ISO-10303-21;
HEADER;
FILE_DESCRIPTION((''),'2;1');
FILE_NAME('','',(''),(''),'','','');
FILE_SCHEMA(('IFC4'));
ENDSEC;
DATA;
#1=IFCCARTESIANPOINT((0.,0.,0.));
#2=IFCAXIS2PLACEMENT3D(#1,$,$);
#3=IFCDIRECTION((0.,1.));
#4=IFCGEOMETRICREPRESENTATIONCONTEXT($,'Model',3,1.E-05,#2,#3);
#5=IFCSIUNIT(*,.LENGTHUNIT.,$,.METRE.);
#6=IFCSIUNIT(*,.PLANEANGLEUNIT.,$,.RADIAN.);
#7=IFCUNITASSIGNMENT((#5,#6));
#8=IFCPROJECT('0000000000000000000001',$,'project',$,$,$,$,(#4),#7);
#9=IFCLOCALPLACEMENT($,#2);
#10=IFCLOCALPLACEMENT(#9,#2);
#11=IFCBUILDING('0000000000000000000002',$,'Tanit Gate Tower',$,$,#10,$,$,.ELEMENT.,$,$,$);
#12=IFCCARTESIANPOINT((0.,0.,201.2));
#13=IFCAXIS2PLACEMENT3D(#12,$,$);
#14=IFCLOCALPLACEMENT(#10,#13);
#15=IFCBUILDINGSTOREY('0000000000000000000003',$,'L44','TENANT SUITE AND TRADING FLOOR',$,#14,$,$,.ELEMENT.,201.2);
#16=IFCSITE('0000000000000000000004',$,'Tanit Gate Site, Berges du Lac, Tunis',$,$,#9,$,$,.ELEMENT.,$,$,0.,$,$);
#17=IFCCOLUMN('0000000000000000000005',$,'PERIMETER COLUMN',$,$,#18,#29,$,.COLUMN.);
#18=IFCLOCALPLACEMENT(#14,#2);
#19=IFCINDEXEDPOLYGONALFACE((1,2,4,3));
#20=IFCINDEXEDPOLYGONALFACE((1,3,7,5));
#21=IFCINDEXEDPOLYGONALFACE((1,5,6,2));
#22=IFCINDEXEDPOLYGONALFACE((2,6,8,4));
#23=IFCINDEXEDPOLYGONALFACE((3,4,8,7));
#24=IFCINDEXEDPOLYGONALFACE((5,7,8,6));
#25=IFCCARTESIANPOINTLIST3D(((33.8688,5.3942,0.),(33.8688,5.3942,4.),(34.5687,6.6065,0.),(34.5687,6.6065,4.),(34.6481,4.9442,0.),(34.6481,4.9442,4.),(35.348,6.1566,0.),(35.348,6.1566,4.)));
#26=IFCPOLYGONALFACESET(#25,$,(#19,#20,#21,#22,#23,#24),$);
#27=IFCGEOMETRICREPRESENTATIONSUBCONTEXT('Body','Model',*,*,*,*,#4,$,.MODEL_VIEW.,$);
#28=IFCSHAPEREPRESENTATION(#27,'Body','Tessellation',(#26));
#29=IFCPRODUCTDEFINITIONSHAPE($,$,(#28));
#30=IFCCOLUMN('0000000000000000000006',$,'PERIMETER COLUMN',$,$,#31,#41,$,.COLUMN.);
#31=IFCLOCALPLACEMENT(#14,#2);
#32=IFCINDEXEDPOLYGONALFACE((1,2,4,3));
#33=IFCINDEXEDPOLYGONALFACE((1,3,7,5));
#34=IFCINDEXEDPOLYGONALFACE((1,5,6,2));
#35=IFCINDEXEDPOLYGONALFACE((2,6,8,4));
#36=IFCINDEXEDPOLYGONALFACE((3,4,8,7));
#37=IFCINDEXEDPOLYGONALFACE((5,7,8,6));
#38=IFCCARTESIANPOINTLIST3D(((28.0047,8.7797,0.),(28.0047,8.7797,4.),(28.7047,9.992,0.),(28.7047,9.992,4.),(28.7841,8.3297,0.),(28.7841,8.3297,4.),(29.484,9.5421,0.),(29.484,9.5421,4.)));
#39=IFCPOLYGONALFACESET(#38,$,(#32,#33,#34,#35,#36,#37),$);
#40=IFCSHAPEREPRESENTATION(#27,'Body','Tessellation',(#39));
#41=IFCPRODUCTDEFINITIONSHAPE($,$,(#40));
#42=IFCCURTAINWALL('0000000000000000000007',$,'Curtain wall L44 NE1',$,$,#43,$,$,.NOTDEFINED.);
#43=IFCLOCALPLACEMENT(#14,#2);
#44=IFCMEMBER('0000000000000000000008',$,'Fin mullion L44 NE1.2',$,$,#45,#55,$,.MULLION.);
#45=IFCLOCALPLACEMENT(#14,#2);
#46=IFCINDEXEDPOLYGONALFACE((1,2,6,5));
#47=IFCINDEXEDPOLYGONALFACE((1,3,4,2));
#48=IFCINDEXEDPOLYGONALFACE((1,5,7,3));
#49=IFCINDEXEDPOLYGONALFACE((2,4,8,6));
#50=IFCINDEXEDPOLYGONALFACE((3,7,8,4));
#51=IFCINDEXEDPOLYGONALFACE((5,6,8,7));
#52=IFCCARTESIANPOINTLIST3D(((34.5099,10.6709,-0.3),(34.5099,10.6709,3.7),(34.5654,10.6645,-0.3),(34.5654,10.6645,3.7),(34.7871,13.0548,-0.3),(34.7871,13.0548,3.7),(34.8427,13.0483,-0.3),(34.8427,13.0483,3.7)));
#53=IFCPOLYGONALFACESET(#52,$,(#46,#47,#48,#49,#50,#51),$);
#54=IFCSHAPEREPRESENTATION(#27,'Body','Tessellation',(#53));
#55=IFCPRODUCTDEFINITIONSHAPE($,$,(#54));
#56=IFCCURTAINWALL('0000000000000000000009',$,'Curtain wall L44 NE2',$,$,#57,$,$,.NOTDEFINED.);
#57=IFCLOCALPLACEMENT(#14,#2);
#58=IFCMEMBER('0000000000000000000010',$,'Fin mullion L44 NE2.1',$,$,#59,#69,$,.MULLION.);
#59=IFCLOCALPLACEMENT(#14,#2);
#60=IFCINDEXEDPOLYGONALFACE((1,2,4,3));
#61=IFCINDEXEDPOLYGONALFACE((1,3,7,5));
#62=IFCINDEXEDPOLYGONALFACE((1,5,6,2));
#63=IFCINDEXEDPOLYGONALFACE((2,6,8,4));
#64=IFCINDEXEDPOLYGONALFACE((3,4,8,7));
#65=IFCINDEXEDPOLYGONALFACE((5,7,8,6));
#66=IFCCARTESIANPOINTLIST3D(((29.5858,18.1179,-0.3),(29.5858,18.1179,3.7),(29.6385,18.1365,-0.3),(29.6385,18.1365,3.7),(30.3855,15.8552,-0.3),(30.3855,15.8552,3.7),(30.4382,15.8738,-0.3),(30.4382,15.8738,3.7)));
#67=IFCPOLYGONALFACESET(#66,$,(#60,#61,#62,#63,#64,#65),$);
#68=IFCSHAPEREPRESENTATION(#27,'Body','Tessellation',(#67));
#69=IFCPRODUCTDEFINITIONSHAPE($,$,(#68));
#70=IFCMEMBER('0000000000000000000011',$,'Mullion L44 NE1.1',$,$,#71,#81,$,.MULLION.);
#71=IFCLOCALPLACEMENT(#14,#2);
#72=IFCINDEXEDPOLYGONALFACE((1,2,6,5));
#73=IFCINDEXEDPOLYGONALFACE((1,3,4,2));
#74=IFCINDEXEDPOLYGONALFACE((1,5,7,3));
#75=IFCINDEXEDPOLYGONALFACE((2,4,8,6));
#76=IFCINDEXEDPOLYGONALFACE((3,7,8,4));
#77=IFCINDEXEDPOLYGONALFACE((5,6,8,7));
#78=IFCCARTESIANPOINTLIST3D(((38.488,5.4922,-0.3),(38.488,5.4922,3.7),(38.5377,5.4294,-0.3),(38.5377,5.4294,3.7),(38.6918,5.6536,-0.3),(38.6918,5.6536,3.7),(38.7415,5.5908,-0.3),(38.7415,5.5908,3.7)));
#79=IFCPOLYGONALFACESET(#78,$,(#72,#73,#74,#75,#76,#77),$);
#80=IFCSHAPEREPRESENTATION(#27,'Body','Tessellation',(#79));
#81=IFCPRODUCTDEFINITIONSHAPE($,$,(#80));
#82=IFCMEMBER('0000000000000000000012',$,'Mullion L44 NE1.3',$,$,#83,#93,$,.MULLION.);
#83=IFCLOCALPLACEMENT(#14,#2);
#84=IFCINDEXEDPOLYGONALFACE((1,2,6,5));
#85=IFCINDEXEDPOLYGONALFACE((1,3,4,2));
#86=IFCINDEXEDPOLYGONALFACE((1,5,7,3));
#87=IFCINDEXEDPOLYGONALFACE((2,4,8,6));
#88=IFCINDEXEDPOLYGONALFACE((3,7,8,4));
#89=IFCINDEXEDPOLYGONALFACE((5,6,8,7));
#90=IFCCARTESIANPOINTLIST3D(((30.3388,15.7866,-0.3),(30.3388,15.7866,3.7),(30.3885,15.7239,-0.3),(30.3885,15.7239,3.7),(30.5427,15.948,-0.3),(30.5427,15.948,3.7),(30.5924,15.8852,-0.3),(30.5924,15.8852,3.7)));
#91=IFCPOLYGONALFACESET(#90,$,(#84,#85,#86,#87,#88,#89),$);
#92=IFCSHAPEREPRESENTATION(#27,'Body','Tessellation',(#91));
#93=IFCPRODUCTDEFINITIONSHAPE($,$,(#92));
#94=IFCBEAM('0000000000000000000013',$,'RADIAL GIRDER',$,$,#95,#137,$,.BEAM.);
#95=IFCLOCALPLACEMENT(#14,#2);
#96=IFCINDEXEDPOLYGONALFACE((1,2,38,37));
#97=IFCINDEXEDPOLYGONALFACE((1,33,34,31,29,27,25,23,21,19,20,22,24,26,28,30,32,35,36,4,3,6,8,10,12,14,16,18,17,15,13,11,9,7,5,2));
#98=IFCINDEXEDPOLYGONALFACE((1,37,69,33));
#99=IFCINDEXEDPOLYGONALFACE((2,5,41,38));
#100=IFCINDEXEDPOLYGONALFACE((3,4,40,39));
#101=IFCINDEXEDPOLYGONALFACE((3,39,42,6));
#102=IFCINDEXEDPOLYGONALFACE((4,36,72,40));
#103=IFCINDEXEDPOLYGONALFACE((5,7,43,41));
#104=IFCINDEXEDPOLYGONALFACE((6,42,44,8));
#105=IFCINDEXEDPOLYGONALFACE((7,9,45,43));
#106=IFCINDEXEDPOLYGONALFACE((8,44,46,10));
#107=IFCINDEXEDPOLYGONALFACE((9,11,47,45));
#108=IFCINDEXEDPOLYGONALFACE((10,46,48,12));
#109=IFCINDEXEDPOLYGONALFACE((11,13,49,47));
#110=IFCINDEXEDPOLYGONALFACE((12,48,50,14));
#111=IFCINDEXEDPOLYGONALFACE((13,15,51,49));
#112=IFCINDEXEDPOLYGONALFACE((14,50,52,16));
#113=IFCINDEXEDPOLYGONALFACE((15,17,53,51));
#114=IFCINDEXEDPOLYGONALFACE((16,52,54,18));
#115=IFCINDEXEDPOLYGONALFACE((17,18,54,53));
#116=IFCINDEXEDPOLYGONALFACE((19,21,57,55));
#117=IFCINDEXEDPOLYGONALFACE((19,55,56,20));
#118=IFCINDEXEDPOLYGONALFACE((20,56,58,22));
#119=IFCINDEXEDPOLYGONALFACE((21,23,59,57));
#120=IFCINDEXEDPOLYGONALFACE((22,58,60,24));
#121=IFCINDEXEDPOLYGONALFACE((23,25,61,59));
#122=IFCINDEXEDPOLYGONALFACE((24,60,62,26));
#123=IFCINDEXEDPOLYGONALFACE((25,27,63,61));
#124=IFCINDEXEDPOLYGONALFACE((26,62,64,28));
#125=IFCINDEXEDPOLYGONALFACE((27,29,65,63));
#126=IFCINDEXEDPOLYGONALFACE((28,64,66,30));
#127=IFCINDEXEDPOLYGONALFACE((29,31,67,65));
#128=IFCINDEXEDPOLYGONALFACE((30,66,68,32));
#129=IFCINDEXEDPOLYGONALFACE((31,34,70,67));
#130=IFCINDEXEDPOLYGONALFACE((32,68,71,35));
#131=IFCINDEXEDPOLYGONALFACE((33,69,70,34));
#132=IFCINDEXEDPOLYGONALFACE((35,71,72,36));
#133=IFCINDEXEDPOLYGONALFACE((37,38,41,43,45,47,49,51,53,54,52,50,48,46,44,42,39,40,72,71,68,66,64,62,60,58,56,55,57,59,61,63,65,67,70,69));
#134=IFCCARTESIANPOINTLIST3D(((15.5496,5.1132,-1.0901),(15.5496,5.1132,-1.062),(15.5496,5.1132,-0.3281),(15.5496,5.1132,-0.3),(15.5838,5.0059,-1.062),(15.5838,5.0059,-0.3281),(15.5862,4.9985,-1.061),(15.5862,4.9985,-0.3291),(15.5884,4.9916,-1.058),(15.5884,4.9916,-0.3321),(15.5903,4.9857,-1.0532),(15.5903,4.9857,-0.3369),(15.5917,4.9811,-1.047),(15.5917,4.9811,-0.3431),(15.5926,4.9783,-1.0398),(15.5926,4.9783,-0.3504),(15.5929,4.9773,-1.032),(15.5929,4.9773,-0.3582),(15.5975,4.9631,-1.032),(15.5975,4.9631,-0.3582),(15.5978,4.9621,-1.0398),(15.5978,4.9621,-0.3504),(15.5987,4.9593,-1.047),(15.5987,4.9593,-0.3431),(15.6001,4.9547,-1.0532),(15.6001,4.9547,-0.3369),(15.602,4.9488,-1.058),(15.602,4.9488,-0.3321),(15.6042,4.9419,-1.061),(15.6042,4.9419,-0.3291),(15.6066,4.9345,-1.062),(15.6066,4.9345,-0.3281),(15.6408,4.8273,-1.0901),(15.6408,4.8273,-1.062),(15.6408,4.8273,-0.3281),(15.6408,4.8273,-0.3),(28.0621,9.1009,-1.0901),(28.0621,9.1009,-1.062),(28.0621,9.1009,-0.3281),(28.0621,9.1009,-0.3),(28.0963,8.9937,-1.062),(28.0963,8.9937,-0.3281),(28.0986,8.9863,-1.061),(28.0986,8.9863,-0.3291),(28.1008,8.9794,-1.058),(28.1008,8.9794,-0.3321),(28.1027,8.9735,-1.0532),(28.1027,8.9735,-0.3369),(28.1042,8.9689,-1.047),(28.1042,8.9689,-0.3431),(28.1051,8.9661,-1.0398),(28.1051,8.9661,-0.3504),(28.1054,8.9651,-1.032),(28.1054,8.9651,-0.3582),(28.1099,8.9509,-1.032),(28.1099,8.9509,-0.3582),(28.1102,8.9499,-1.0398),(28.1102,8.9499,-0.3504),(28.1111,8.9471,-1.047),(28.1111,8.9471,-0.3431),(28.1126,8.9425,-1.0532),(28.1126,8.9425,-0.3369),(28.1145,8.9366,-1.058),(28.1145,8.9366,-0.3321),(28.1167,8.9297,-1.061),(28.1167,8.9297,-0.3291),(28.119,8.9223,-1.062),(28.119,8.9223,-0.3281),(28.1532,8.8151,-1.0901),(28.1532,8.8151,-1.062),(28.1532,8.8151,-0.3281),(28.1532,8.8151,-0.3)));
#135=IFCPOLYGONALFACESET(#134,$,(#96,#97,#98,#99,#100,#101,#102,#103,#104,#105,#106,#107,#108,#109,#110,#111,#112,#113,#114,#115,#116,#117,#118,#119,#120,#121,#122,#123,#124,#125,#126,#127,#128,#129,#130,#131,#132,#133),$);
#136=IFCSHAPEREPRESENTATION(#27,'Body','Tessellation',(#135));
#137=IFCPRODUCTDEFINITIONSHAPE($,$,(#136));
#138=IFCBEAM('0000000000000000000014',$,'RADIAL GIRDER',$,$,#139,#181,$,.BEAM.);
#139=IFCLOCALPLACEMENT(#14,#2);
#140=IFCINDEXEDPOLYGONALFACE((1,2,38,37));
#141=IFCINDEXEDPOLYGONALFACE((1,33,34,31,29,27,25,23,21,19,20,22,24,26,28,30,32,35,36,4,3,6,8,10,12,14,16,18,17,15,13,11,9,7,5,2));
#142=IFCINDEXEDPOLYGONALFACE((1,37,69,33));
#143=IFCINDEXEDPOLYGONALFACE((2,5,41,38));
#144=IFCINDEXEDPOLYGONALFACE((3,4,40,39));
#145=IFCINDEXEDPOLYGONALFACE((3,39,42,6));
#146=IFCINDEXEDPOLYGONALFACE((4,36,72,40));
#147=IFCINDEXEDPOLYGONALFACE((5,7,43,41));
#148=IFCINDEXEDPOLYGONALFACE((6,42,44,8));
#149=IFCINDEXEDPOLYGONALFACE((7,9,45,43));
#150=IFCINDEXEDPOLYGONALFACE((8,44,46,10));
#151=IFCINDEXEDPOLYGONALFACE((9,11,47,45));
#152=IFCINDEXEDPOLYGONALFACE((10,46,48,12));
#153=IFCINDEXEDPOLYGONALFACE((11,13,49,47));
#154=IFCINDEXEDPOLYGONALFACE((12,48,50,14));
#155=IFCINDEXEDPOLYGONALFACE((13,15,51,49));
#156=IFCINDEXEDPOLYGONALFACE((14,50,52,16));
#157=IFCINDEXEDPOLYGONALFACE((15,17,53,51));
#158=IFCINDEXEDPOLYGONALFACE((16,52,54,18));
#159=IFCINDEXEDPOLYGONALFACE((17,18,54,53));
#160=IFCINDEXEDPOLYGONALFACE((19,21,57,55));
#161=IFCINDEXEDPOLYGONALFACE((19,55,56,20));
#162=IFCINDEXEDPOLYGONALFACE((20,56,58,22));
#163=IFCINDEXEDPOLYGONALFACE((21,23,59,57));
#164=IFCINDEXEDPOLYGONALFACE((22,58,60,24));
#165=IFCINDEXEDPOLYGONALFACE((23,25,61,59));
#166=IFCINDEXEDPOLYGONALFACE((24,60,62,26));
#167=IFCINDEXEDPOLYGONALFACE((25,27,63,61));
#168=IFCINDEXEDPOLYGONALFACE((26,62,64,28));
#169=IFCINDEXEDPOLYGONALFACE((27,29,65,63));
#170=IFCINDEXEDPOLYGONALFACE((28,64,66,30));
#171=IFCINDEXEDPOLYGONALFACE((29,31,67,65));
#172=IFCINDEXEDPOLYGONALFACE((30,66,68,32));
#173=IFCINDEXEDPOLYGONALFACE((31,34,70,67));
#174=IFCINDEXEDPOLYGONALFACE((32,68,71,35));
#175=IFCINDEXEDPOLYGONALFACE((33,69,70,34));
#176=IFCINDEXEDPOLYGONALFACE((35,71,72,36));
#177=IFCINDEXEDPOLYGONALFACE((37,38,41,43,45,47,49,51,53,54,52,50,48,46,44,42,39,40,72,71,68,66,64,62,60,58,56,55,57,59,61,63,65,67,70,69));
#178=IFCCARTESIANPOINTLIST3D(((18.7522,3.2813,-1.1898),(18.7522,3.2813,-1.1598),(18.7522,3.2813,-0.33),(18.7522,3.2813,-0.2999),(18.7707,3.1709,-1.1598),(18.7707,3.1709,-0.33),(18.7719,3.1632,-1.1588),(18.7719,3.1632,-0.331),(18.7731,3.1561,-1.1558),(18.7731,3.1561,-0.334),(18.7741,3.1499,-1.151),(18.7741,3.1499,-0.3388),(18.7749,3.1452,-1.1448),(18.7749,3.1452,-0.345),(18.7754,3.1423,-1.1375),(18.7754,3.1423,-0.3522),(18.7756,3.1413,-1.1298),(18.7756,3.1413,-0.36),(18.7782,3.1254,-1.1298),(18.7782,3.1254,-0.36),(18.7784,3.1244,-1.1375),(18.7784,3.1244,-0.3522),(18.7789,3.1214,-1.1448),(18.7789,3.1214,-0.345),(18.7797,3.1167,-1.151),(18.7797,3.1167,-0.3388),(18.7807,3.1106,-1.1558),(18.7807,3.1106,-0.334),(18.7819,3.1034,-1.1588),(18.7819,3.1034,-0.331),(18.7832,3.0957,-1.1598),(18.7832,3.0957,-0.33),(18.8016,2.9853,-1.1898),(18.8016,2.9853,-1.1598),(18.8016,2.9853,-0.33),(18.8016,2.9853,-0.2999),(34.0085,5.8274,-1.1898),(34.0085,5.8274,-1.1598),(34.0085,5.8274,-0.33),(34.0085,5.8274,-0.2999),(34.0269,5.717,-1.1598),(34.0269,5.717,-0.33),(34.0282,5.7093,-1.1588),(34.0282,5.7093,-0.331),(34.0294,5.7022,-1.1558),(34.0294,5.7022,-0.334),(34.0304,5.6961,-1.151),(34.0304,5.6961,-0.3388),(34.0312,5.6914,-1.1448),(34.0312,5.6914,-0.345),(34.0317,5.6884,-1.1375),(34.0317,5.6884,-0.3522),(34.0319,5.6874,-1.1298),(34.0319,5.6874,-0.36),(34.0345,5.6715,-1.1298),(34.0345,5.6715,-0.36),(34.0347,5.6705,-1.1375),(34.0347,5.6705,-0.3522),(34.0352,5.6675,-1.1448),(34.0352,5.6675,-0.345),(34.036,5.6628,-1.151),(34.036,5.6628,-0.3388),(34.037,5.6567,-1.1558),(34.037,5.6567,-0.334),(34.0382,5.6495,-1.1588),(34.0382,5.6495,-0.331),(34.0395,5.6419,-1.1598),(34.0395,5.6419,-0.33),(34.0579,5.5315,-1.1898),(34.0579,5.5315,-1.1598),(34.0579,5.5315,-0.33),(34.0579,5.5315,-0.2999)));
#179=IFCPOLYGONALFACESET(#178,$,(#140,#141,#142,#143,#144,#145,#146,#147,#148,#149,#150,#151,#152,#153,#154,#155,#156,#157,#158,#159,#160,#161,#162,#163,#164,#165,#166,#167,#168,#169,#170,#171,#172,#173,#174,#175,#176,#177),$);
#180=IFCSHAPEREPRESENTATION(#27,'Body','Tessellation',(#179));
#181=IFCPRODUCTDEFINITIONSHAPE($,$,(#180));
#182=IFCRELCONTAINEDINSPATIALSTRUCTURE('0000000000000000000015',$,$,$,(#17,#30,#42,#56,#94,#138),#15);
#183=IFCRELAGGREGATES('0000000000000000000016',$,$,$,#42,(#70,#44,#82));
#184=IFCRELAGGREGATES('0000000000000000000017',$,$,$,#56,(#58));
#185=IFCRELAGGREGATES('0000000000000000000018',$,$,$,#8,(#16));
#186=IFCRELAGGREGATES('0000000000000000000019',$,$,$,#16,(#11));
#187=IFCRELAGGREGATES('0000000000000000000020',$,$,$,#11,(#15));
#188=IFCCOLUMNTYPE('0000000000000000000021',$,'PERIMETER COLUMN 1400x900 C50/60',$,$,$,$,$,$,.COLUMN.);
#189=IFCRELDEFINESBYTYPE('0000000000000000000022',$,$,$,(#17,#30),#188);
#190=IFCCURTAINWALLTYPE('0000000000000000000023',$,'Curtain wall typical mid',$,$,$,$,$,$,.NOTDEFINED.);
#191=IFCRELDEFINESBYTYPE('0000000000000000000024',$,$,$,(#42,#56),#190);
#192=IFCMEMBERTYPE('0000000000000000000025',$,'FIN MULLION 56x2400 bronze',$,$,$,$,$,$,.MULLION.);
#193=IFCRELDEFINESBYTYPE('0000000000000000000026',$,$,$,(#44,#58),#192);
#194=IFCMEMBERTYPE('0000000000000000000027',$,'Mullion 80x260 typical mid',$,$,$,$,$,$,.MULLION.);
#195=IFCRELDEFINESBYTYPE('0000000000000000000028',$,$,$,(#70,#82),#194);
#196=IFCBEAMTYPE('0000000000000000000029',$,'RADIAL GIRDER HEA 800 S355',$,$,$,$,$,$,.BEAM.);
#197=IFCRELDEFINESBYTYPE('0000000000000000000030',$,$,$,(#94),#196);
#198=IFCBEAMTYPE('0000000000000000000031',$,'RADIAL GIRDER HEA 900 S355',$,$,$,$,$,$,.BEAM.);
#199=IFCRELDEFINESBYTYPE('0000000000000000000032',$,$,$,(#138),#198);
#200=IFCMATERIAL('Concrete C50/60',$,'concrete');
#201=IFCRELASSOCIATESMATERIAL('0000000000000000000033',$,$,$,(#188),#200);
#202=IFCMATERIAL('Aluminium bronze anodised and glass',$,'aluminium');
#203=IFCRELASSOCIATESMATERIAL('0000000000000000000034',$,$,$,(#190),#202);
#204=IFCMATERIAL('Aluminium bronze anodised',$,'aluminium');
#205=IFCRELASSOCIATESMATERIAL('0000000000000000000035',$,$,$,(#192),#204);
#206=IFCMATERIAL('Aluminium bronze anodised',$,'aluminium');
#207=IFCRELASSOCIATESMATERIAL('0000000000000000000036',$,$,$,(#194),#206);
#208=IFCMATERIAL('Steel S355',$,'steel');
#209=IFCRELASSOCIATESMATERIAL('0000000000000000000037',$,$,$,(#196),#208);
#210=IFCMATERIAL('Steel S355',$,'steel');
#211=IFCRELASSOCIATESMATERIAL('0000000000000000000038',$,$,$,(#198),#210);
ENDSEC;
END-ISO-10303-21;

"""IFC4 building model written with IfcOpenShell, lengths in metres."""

from ifc_helpers import new_model, si_unit, direction, frame, origin, origin_2d, place, context, subcontext, project, spatial, rectangle, i_section, extrude, material, material_profile, profile_set, type_object, element, aggregate, save


model = new_model("IFC4")

# Units and contexts
model_context = context("Model", 3, precision=1e-05, world=origin(), true_north=direction((0.0, 1.0)))
body_context = subcontext(model_context, "Body", "Model", "MODEL_VIEW")
ifc_project = project(units=[si_unit("LENGTHUNIT", "METRE"), si_unit("PLANEANGLEUNIT", "RADIAN")], contexts=[model_context])

# Site, building, storey
site_placement = place(None, origin())
site = spatial("IfcSite", under=ifc_project, at=site_placement, Name="Tanit Gate Site, Berges du Lac, Tunis", CompositionType="ELEMENT", RefElevation=0.0)
building_placement = place(site_placement, origin())
building = spatial("IfcBuilding", under=site, at=building_placement, Name="Tanit Gate Tower", CompositionType="ELEMENT")
storey_placement = place(building_placement, frame((0.0, 0.0, 201.2)))
storey = spatial("IfcBuildingStorey", under=building, at=storey_placement, Name="L44", Description="TENANT SUITE AND TRADING FLOOR", CompositionType="ELEMENT", Elevation=201.2)

# Columns
ifc_material_1 = material(Name="Concrete C50/60", Category="concrete")
ifc_material_profile_1 = material_profile(ifc_material_1, rectangle(XDim=1.3999, YDim=0.8999, at=origin_2d()), Name="RC 1400x900")
ifc_profile_set_1 = profile_set([ifc_material_profile_1], Name="Concrete C50/60")
column_type = type_object("IfcColumnType", Name="PERIMETER COLUMN 1400x900 C50/60", PredefinedType="COLUMN", material=ifc_profile_set_1)
for number, where, z_axis, x_axis, name in (
    (1, (34.6084, 5.7754, 0.0), (0.0, 0.0, 1.0), (0.5, 0.866025, 0.0), "PERIMETER COLUMN"),
    (2, (28.7444, 9.1609, 0.0), (0.0, 0.0, 1.0), (0.5, 0.866025, 0.0), "PERIMETER COLUMN"),
):
    element("IfcColumn", number, at=place(storey_placement, frame(where, z_axis=z_axis, x_axis=x_axis)), inside=storey, type_object=column_type, Name=name, PredefinedType="COLUMN", context=body_context, shape_type="SweptSolid", body=[
        extrude(rectangle(XDim=1.3999, YDim=0.8999, at=origin_2d()), origin(), (0.0, 0.0, 1.0), 4.0),
    ])

# Curtain walls, members
ifc_material_2 = material(Name="Aluminium bronze anodised and glass", Category="aluminium")
curtain_wall_type = type_object("IfcCurtainWallType", Name="Curtain wall typical mid", PredefinedType="NOTDEFINED", material=ifc_material_2)
curtain_wall_1_placement = place(storey_placement, origin())
curtain_wall_1 = element("IfcCurtainWall", 3, at=curtain_wall_1_placement, inside=storey, type_object=curtain_wall_type, Name="Curtain wall L44 NE1", PredefinedType="NOTDEFINED")
ifc_material_3 = material(Name="Aluminium bronze anodised", Category="aluminium")
ifc_material_profile_2 = material_profile(ifc_material_3, rectangle(XDim=2.3999, YDim=0.0559, at=origin_2d()), Name="56x2400 bronze fin mullion")
ifc_profile_set_2 = profile_set([ifc_material_profile_2], Name="Aluminium bronze anodised")
member_type_1 = type_object("IfcMemberType", Name="FIN MULLION 56x2400 bronze", PredefinedType="MULLION", material=ifc_profile_set_2)
member_1_placement = place(storey_placement, frame((34.6763, 11.8596, -0.3), z_axis=(0.0, 0.0, 1.0), x_axis=(-0.115537, -0.993303, 0.0)))
member_1 = element("IfcMember", 4, at=member_1_placement, type_object=member_type_1, Name="Fin mullion L44 NE1.2", PredefinedType="MULLION", context=body_context, shape_type="SweptSolid", body=[
    extrude(rectangle(XDim=2.3999, YDim=0.0559, at=origin_2d()), origin(), (0.0, 0.0, 1.0), 4.0),
])
curtain_wall_2_placement = place(storey_placement, origin())
curtain_wall_2 = element("IfcCurtainWall", 5, at=curtain_wall_2_placement, inside=storey, type_object=curtain_wall_type, Name="Curtain wall L44 NE2", PredefinedType="NOTDEFINED")
member_2_placement = place(storey_placement, frame((30.012, 16.9958, -0.3), z_axis=(0.0, 0.0, 1.0), x_axis=(0.33322, -0.942849, 0.0)))
member_2 = element("IfcMember", 6, at=member_2_placement, type_object=member_type_1, Name="Fin mullion L44 NE2.1", PredefinedType="MULLION", context=body_context, shape_type="SweptSolid", body=[
    extrude(rectangle(XDim=2.3999, YDim=0.0559, at=origin_2d()), origin(), (0.0, 0.0, 1.0), 4.0),
])

# Members
ifc_material_4 = material(Name="Aluminium bronze anodised", Category="aluminium")
ifc_material_profile_3 = material_profile(ifc_material_4, rectangle(XDim=0.26, YDim=0.0801, at=origin_2d()), Name="80x260 bronze mullion")
ifc_profile_set_3 = profile_set([ifc_material_profile_3], Name="Aluminium bronze anodised")
member_type_2 = type_object("IfcMemberType", Name="Mullion 80x260 typical mid", PredefinedType="MULLION", material=ifc_profile_set_3)
member_3_placement = place(storey_placement, frame((38.6147, 5.5415, -0.3), z_axis=(0.0, 0.0, 1.0), x_axis=(-0.784068, -0.620675, 0.0)))
member_3 = element("IfcMember", 7, at=member_3_placement, type_object=member_type_2, Name="Mullion L44 NE1.1", PredefinedType="MULLION", context=body_context, shape_type="SweptSolid", body=[
    extrude(rectangle(XDim=0.26, YDim=0.0801, at=origin_2d()), origin(), (0.0, 0.0, 1.0), 4.0),
])
member_4_placement = place(storey_placement, frame((30.4656, 15.8359, -0.3), z_axis=(0.0, 0.0, 1.0), x_axis=(-0.784068, -0.620675, 0.0)))
member_4 = element("IfcMember", 8, at=member_4_placement, type_object=member_type_2, Name="Mullion L44 NE1.3", PredefinedType="MULLION", context=body_context, shape_type="SweptSolid", body=[
    extrude(rectangle(XDim=0.26, YDim=0.0801, at=origin_2d()), origin(), (0.0, 0.0, 1.0), 4.0),
])

# Beams
ifc_material_5 = material(Name="Steel S355", Category="steel")
ifc_material_profile_4 = material_profile(ifc_material_5, i_section(OverallWidth=0.3, OverallDepth=0.79, WebThickness=0.0149, FlangeThickness=0.0281, FilletRadius=0.03, at=origin_2d()), Name="HEA 800")
ifc_profile_set_4 = profile_set([ifc_material_profile_4], Name="Steel S355")
beam_type_1 = type_object("IfcBeamType", Name="RADIAL GIRDER HEA 800 S355", PredefinedType="BEAM", material=ifc_profile_set_4)
beam_1_placement = place(storey_placement, frame((28.1077, 8.958, -0.6951), z_axis=(-0.952781, -0.303657, 0.0), x_axis=(0.303657, -0.952781, 0.0)))
element("IfcBeam", 9, at=beam_1_placement, inside=storey, type_object=beam_type_1, Name="RADIAL GIRDER", PredefinedType="BEAM", context=body_context, shape_type="SweptSolid", body=[
    extrude(i_section(OverallWidth=0.3, OverallDepth=0.79, WebThickness=0.0149, FlangeThickness=0.0281, FilletRadius=0.03, at=origin_2d()), origin(), (0.0, 0.0, 1.0), 13.1326),
])
ifc_material_6 = material(Name="Steel S355", Category="steel")
ifc_material_profile_5 = material_profile(ifc_material_6, i_section(OverallWidth=0.3, OverallDepth=0.8899, WebThickness=0.0161, FlangeThickness=0.03, FilletRadius=0.03, at=origin_2d()), Name="HEA 900")
ifc_profile_set_5 = profile_set([ifc_material_profile_5], Name="Steel S355")
beam_type_2 = type_object("IfcBeamType", Name="RADIAL GIRDER HEA 900 S355", PredefinedType="BEAM", material=ifc_profile_set_5)
beam_2_placement = place(storey_placement, frame((34.0332, 5.6794, -0.7449), z_axis=(-0.986358, -0.164614, 0.0), x_axis=(0.164614, -0.986358, 0.0)))
element("IfcBeam", 10, at=beam_2_placement, inside=storey, type_object=beam_type_2, Name="RADIAL GIRDER", PredefinedType="BEAM", context=body_context, shape_type="SweptSolid", body=[
    extrude(i_section(OverallWidth=0.3, OverallDepth=0.8899, WebThickness=0.0161, FlangeThickness=0.03, FilletRadius=0.03, at=origin_2d()), origin(), (0.0, 0.0, 1.0), 15.4673),
])

aggregate(curtain_wall_1, [member_3, member_1, member_4])
aggregate(curtain_wall_2, [member_2])

save(model, "model.ifc")
